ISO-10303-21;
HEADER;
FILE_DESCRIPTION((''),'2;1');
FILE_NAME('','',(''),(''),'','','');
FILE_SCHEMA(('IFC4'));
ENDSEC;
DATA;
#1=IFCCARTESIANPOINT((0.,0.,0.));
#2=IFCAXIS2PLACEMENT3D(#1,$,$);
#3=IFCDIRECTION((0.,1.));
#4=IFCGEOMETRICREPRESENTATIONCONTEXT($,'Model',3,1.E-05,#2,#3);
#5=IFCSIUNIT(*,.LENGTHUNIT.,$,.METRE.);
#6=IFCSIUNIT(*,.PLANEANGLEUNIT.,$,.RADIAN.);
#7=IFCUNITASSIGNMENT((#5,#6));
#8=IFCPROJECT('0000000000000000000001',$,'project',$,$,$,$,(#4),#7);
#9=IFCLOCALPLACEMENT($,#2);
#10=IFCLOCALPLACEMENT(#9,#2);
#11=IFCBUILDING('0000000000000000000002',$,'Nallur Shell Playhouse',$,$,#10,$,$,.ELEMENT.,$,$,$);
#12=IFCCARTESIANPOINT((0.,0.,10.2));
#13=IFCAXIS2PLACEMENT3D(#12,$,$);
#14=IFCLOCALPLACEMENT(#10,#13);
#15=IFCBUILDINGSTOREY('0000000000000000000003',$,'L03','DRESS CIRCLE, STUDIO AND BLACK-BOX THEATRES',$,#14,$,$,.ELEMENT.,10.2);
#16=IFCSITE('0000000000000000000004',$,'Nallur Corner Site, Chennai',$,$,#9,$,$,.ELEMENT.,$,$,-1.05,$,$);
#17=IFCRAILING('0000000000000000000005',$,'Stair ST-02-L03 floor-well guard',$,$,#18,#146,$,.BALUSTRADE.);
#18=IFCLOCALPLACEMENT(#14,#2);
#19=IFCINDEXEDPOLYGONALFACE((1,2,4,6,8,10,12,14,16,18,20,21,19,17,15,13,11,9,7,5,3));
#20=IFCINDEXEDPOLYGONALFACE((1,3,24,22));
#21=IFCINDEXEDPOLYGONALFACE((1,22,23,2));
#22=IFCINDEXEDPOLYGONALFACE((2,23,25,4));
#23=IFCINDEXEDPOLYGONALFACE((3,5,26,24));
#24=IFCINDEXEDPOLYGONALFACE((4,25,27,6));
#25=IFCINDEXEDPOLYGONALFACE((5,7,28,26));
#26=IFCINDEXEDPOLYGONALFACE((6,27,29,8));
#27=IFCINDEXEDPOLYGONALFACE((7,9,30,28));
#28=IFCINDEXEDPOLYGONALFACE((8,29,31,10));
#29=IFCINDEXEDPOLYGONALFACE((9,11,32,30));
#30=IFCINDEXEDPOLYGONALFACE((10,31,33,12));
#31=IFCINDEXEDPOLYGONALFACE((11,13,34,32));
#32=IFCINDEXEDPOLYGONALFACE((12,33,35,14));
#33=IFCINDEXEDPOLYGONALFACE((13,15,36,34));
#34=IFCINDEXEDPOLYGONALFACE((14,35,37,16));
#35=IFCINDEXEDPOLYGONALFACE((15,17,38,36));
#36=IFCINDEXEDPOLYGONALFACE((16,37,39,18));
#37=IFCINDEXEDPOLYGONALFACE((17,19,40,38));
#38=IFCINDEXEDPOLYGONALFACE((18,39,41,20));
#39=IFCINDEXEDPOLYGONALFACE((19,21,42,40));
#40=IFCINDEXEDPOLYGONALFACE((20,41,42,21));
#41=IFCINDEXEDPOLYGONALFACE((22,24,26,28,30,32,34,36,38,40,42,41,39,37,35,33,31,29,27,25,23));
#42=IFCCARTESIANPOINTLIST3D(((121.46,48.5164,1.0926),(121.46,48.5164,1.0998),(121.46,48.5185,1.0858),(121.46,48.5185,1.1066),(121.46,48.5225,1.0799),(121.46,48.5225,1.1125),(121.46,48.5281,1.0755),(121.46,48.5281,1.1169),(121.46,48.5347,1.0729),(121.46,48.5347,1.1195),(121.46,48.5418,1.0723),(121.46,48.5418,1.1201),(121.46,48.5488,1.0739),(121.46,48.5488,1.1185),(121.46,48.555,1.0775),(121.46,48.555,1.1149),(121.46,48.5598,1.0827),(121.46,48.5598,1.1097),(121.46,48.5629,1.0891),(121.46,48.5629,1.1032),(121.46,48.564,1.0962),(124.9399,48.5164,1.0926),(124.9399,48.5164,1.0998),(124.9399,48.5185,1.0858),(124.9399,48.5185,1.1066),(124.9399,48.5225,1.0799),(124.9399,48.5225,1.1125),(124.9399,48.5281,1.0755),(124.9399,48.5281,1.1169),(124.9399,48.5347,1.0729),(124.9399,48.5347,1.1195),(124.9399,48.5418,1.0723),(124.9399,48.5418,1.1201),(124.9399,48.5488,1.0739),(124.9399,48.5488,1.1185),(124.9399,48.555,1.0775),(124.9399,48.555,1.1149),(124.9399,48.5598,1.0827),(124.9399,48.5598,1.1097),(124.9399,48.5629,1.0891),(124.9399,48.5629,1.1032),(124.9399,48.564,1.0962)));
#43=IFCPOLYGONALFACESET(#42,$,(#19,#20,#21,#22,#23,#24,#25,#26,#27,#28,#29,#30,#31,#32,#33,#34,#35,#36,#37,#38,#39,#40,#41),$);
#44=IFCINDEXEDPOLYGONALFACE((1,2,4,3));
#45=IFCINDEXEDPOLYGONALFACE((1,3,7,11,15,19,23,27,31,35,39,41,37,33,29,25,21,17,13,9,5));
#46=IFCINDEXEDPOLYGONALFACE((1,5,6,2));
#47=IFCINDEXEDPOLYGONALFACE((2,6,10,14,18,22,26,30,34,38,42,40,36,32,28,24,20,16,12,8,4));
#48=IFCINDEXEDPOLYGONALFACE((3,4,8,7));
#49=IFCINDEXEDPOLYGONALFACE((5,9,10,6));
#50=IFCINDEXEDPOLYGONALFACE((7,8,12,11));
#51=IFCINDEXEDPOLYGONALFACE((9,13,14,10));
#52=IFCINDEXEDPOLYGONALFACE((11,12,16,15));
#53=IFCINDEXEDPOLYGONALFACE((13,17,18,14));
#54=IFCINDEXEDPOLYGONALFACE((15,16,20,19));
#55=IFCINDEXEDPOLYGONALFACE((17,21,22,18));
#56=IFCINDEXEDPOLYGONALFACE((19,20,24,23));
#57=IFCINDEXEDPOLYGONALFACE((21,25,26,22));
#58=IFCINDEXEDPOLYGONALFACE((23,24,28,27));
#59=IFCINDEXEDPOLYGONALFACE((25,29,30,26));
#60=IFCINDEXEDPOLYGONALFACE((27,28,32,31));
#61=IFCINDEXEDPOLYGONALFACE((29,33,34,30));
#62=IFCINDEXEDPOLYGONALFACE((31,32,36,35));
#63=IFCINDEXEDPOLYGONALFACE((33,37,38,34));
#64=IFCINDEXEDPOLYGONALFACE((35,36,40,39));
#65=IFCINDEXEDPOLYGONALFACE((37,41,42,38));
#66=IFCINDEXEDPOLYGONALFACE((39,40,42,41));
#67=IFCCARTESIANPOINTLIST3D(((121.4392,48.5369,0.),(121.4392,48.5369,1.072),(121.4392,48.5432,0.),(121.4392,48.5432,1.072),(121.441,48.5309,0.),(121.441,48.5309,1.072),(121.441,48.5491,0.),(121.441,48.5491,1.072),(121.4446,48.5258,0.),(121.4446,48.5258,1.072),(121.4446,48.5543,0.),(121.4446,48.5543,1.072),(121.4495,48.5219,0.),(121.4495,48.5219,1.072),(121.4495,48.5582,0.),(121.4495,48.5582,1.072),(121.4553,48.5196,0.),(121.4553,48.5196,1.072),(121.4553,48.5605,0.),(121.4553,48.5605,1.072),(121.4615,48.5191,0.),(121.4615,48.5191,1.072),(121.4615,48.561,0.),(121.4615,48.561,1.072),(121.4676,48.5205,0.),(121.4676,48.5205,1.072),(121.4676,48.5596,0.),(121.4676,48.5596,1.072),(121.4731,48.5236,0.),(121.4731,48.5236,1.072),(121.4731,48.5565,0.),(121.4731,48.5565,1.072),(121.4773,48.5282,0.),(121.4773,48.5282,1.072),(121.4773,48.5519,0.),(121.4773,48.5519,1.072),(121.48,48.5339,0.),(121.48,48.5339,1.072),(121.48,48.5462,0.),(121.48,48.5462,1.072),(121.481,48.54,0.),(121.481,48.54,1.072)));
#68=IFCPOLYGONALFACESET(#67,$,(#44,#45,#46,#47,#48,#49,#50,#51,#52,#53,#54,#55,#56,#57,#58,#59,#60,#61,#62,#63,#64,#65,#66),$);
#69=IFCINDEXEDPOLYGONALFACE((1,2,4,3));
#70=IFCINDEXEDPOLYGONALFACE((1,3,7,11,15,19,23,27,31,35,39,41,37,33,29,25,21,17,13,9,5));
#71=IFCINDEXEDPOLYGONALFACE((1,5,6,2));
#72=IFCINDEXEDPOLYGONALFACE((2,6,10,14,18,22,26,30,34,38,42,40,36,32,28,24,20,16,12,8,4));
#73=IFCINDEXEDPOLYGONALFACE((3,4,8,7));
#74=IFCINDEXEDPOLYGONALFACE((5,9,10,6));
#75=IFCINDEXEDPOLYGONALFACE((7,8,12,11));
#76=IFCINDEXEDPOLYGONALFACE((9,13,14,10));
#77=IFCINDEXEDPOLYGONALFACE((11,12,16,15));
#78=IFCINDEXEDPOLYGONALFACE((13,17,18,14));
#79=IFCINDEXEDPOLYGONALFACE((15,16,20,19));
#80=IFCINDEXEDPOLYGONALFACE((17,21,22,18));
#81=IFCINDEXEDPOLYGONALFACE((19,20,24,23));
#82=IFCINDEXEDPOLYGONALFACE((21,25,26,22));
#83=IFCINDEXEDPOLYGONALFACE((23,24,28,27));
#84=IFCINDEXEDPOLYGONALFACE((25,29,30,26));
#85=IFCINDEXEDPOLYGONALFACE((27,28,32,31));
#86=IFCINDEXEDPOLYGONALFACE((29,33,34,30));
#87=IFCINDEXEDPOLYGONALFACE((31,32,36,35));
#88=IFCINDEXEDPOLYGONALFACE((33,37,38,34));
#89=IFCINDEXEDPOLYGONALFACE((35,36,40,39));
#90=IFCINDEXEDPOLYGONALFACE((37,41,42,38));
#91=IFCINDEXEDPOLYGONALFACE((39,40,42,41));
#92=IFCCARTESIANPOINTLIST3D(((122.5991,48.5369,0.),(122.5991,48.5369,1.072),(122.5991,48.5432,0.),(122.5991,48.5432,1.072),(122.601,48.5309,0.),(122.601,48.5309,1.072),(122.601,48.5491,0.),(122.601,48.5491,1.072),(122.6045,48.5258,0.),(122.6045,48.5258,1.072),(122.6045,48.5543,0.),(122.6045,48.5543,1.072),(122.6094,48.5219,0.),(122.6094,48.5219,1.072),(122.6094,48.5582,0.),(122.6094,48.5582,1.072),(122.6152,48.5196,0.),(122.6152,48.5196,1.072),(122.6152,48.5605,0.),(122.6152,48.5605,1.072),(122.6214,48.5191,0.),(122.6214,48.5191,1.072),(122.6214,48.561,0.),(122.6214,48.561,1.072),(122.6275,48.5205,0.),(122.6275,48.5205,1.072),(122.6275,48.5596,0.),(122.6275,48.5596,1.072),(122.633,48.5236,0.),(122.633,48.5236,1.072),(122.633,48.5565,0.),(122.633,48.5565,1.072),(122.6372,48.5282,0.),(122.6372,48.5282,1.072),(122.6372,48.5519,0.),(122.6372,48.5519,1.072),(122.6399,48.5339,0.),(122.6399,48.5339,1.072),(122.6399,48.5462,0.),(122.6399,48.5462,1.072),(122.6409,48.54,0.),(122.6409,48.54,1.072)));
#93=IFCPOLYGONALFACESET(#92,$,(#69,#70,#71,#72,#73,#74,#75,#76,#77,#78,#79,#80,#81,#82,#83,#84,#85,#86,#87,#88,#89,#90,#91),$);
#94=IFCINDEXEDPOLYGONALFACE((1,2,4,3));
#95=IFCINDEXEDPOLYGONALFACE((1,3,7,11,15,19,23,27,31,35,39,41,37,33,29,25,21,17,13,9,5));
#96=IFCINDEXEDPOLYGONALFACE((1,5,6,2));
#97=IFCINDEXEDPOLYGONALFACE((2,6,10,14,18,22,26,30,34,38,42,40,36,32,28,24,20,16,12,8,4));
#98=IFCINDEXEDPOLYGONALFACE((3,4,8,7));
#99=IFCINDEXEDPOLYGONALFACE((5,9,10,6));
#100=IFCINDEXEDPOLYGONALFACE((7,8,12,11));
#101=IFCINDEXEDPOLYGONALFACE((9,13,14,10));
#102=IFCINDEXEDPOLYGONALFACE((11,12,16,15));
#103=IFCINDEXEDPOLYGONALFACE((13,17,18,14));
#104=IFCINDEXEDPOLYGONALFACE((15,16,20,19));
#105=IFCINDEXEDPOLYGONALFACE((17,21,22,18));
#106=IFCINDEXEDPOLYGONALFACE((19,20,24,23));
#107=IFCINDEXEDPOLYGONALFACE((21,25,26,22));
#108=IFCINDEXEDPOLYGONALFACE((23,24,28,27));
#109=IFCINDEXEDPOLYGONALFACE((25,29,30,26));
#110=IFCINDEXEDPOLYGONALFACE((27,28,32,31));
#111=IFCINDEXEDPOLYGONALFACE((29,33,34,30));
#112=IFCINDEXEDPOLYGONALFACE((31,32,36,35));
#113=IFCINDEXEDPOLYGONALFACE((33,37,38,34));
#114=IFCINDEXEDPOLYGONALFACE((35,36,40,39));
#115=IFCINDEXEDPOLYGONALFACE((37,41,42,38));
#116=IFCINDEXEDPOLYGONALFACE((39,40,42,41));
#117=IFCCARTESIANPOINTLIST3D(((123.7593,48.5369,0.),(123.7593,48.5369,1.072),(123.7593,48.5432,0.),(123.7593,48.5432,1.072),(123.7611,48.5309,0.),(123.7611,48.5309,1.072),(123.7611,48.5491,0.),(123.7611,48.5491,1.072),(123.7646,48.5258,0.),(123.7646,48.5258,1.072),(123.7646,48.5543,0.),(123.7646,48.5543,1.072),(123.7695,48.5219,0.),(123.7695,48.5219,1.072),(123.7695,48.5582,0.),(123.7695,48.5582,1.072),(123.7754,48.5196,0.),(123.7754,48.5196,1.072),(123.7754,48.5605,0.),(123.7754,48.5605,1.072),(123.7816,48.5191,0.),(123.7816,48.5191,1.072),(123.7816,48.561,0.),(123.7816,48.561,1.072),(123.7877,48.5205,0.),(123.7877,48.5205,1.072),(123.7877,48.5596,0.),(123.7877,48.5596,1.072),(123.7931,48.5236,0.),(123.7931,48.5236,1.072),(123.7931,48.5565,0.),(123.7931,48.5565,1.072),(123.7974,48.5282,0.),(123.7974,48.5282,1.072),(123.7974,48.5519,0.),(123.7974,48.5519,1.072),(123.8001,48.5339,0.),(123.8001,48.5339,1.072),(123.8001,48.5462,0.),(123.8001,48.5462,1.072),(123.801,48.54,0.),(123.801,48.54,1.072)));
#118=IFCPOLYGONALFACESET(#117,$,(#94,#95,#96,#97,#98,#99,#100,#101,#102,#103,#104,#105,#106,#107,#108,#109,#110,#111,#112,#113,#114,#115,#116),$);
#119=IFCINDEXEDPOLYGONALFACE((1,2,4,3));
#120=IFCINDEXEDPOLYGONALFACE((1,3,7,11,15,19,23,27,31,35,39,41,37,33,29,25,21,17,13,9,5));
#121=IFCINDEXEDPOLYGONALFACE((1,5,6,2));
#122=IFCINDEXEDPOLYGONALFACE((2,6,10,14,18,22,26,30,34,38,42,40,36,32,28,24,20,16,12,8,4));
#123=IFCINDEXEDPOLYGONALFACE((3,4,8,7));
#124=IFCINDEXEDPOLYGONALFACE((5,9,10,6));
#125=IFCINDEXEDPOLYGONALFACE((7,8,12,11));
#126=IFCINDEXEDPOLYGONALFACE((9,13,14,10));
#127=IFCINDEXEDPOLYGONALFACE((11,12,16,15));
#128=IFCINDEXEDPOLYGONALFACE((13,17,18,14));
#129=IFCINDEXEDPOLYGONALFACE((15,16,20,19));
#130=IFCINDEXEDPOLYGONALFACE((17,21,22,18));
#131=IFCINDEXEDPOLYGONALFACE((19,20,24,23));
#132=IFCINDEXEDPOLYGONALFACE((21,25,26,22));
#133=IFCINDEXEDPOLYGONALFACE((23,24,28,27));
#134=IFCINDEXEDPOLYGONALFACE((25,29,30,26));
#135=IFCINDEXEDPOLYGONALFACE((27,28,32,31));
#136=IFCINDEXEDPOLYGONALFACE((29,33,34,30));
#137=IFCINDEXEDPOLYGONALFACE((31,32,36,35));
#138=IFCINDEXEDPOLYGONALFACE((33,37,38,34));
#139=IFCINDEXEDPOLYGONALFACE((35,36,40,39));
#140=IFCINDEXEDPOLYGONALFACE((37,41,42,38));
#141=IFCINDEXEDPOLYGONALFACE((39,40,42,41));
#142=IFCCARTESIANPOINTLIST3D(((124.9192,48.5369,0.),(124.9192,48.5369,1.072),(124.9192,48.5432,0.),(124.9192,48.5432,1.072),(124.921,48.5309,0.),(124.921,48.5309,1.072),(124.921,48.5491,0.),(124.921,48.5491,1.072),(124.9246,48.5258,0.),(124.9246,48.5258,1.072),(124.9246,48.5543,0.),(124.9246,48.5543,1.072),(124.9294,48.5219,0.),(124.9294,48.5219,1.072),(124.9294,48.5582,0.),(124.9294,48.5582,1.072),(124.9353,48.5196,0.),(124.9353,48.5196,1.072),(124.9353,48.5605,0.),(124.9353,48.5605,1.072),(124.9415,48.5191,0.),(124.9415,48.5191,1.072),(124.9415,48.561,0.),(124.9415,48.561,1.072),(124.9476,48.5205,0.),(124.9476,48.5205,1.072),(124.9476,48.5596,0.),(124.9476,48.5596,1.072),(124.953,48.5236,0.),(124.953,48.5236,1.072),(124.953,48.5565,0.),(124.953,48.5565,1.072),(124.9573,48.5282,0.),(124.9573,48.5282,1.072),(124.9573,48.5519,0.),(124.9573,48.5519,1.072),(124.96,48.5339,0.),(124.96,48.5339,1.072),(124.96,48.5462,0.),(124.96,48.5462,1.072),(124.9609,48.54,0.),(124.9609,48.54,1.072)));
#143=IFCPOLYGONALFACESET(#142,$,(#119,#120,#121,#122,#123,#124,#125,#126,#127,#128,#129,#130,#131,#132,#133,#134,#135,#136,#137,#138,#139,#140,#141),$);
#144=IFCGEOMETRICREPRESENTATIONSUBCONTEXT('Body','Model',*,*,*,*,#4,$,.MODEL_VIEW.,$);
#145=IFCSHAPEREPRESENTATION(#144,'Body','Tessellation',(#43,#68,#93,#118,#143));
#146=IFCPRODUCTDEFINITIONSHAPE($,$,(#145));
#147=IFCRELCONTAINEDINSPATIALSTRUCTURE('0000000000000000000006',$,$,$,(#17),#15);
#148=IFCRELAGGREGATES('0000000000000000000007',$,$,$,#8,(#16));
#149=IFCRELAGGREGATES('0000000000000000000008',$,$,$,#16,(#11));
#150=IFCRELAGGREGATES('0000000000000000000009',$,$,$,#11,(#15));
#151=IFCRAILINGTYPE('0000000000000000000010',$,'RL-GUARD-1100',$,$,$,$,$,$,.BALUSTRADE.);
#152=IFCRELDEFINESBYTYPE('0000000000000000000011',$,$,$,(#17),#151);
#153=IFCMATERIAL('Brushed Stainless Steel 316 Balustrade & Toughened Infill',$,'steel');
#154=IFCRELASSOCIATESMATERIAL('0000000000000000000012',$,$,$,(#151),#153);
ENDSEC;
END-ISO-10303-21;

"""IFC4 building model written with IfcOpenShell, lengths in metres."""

from ifc_helpers import new_model, si_unit, direction, frame, origin, origin_2d, place, context, subcontext, project, spatial, circle, extrude, material, type_object, element, save


model = new_model("IFC4")

# Units and contexts
model_context = context("Model", 3, precision=1e-05, world=origin(), true_north=direction((0.0, 1.0)))
body_context = subcontext(model_context, "Body", "Model", "MODEL_VIEW")
ifc_project = project(units=[si_unit("LENGTHUNIT", "METRE"), si_unit("PLANEANGLEUNIT", "RADIAN")], contexts=[model_context])

# Site, building, storey
site_placement = place(None, origin())
site = spatial("IfcSite", under=ifc_project, at=site_placement, Name="Nallur Corner Site, Chennai", CompositionType="ELEMENT", RefElevation=-1.05)
building_placement = place(site_placement, origin())
building = spatial("IfcBuilding", under=site, at=building_placement, Name="Nallur Shell Playhouse", CompositionType="ELEMENT")
storey_placement = place(building_placement, frame((0.0, 0.0, 10.2)))
storey = spatial("IfcBuildingStorey", under=building, at=storey_placement, Name="L03", Description="DRESS CIRCLE, STUDIO AND BLACK-BOX THEATRES", CompositionType="ELEMENT", Elevation=10.2)

# Railing
ifc_material_1 = material(Name="Brushed Stainless Steel 316 Balustrade & Toughened Infill", Category="steel")
railing_type_1 = type_object("IfcRailingType", Name="RL-GUARD-1100", PredefinedType="BALUSTRADE", material=ifc_material_1)
railing_1_placement = place(storey_placement, frame((121.46, 48.54, 0.0)))
element("IfcRailing", 1, at=railing_1_placement, inside=storey, type_object=railing_type_1, Name="Stair ST-02-L03 floor-well guard", PredefinedType="BALUSTRADE", context=body_context, shape_type="SweptSolid", body=[
    extrude(circle(Radius=0.0239, at=origin_2d()), frame((0.0, 0.0, 1.0962), z_axis=(1.0, 0.0, 0.0), x_axis=(0.0, 1.0, 0.0)), (0.0, 0.0, 1.0), 3.48),
    extrude(circle(Radius=0.021, at=origin_2d()), origin(), (0.0, 0.0, 1.0), 1.072),
    extrude(circle(Radius=0.021, at=origin_2d()), frame((1.1599, 0.0, 0.0)), (0.0, 0.0, 1.0), 1.072),
    extrude(circle(Radius=0.021, at=origin_2d()), frame((2.3201, 0.0, 0.0)), (0.0, 0.0, 1.0), 1.072),
    extrude(circle(Radius=0.021, at=origin_2d()), frame((3.48, 0.0, 0.0)), (0.0, 0.0, 1.0), 1.072),
])

save(model, "model.ifc")
